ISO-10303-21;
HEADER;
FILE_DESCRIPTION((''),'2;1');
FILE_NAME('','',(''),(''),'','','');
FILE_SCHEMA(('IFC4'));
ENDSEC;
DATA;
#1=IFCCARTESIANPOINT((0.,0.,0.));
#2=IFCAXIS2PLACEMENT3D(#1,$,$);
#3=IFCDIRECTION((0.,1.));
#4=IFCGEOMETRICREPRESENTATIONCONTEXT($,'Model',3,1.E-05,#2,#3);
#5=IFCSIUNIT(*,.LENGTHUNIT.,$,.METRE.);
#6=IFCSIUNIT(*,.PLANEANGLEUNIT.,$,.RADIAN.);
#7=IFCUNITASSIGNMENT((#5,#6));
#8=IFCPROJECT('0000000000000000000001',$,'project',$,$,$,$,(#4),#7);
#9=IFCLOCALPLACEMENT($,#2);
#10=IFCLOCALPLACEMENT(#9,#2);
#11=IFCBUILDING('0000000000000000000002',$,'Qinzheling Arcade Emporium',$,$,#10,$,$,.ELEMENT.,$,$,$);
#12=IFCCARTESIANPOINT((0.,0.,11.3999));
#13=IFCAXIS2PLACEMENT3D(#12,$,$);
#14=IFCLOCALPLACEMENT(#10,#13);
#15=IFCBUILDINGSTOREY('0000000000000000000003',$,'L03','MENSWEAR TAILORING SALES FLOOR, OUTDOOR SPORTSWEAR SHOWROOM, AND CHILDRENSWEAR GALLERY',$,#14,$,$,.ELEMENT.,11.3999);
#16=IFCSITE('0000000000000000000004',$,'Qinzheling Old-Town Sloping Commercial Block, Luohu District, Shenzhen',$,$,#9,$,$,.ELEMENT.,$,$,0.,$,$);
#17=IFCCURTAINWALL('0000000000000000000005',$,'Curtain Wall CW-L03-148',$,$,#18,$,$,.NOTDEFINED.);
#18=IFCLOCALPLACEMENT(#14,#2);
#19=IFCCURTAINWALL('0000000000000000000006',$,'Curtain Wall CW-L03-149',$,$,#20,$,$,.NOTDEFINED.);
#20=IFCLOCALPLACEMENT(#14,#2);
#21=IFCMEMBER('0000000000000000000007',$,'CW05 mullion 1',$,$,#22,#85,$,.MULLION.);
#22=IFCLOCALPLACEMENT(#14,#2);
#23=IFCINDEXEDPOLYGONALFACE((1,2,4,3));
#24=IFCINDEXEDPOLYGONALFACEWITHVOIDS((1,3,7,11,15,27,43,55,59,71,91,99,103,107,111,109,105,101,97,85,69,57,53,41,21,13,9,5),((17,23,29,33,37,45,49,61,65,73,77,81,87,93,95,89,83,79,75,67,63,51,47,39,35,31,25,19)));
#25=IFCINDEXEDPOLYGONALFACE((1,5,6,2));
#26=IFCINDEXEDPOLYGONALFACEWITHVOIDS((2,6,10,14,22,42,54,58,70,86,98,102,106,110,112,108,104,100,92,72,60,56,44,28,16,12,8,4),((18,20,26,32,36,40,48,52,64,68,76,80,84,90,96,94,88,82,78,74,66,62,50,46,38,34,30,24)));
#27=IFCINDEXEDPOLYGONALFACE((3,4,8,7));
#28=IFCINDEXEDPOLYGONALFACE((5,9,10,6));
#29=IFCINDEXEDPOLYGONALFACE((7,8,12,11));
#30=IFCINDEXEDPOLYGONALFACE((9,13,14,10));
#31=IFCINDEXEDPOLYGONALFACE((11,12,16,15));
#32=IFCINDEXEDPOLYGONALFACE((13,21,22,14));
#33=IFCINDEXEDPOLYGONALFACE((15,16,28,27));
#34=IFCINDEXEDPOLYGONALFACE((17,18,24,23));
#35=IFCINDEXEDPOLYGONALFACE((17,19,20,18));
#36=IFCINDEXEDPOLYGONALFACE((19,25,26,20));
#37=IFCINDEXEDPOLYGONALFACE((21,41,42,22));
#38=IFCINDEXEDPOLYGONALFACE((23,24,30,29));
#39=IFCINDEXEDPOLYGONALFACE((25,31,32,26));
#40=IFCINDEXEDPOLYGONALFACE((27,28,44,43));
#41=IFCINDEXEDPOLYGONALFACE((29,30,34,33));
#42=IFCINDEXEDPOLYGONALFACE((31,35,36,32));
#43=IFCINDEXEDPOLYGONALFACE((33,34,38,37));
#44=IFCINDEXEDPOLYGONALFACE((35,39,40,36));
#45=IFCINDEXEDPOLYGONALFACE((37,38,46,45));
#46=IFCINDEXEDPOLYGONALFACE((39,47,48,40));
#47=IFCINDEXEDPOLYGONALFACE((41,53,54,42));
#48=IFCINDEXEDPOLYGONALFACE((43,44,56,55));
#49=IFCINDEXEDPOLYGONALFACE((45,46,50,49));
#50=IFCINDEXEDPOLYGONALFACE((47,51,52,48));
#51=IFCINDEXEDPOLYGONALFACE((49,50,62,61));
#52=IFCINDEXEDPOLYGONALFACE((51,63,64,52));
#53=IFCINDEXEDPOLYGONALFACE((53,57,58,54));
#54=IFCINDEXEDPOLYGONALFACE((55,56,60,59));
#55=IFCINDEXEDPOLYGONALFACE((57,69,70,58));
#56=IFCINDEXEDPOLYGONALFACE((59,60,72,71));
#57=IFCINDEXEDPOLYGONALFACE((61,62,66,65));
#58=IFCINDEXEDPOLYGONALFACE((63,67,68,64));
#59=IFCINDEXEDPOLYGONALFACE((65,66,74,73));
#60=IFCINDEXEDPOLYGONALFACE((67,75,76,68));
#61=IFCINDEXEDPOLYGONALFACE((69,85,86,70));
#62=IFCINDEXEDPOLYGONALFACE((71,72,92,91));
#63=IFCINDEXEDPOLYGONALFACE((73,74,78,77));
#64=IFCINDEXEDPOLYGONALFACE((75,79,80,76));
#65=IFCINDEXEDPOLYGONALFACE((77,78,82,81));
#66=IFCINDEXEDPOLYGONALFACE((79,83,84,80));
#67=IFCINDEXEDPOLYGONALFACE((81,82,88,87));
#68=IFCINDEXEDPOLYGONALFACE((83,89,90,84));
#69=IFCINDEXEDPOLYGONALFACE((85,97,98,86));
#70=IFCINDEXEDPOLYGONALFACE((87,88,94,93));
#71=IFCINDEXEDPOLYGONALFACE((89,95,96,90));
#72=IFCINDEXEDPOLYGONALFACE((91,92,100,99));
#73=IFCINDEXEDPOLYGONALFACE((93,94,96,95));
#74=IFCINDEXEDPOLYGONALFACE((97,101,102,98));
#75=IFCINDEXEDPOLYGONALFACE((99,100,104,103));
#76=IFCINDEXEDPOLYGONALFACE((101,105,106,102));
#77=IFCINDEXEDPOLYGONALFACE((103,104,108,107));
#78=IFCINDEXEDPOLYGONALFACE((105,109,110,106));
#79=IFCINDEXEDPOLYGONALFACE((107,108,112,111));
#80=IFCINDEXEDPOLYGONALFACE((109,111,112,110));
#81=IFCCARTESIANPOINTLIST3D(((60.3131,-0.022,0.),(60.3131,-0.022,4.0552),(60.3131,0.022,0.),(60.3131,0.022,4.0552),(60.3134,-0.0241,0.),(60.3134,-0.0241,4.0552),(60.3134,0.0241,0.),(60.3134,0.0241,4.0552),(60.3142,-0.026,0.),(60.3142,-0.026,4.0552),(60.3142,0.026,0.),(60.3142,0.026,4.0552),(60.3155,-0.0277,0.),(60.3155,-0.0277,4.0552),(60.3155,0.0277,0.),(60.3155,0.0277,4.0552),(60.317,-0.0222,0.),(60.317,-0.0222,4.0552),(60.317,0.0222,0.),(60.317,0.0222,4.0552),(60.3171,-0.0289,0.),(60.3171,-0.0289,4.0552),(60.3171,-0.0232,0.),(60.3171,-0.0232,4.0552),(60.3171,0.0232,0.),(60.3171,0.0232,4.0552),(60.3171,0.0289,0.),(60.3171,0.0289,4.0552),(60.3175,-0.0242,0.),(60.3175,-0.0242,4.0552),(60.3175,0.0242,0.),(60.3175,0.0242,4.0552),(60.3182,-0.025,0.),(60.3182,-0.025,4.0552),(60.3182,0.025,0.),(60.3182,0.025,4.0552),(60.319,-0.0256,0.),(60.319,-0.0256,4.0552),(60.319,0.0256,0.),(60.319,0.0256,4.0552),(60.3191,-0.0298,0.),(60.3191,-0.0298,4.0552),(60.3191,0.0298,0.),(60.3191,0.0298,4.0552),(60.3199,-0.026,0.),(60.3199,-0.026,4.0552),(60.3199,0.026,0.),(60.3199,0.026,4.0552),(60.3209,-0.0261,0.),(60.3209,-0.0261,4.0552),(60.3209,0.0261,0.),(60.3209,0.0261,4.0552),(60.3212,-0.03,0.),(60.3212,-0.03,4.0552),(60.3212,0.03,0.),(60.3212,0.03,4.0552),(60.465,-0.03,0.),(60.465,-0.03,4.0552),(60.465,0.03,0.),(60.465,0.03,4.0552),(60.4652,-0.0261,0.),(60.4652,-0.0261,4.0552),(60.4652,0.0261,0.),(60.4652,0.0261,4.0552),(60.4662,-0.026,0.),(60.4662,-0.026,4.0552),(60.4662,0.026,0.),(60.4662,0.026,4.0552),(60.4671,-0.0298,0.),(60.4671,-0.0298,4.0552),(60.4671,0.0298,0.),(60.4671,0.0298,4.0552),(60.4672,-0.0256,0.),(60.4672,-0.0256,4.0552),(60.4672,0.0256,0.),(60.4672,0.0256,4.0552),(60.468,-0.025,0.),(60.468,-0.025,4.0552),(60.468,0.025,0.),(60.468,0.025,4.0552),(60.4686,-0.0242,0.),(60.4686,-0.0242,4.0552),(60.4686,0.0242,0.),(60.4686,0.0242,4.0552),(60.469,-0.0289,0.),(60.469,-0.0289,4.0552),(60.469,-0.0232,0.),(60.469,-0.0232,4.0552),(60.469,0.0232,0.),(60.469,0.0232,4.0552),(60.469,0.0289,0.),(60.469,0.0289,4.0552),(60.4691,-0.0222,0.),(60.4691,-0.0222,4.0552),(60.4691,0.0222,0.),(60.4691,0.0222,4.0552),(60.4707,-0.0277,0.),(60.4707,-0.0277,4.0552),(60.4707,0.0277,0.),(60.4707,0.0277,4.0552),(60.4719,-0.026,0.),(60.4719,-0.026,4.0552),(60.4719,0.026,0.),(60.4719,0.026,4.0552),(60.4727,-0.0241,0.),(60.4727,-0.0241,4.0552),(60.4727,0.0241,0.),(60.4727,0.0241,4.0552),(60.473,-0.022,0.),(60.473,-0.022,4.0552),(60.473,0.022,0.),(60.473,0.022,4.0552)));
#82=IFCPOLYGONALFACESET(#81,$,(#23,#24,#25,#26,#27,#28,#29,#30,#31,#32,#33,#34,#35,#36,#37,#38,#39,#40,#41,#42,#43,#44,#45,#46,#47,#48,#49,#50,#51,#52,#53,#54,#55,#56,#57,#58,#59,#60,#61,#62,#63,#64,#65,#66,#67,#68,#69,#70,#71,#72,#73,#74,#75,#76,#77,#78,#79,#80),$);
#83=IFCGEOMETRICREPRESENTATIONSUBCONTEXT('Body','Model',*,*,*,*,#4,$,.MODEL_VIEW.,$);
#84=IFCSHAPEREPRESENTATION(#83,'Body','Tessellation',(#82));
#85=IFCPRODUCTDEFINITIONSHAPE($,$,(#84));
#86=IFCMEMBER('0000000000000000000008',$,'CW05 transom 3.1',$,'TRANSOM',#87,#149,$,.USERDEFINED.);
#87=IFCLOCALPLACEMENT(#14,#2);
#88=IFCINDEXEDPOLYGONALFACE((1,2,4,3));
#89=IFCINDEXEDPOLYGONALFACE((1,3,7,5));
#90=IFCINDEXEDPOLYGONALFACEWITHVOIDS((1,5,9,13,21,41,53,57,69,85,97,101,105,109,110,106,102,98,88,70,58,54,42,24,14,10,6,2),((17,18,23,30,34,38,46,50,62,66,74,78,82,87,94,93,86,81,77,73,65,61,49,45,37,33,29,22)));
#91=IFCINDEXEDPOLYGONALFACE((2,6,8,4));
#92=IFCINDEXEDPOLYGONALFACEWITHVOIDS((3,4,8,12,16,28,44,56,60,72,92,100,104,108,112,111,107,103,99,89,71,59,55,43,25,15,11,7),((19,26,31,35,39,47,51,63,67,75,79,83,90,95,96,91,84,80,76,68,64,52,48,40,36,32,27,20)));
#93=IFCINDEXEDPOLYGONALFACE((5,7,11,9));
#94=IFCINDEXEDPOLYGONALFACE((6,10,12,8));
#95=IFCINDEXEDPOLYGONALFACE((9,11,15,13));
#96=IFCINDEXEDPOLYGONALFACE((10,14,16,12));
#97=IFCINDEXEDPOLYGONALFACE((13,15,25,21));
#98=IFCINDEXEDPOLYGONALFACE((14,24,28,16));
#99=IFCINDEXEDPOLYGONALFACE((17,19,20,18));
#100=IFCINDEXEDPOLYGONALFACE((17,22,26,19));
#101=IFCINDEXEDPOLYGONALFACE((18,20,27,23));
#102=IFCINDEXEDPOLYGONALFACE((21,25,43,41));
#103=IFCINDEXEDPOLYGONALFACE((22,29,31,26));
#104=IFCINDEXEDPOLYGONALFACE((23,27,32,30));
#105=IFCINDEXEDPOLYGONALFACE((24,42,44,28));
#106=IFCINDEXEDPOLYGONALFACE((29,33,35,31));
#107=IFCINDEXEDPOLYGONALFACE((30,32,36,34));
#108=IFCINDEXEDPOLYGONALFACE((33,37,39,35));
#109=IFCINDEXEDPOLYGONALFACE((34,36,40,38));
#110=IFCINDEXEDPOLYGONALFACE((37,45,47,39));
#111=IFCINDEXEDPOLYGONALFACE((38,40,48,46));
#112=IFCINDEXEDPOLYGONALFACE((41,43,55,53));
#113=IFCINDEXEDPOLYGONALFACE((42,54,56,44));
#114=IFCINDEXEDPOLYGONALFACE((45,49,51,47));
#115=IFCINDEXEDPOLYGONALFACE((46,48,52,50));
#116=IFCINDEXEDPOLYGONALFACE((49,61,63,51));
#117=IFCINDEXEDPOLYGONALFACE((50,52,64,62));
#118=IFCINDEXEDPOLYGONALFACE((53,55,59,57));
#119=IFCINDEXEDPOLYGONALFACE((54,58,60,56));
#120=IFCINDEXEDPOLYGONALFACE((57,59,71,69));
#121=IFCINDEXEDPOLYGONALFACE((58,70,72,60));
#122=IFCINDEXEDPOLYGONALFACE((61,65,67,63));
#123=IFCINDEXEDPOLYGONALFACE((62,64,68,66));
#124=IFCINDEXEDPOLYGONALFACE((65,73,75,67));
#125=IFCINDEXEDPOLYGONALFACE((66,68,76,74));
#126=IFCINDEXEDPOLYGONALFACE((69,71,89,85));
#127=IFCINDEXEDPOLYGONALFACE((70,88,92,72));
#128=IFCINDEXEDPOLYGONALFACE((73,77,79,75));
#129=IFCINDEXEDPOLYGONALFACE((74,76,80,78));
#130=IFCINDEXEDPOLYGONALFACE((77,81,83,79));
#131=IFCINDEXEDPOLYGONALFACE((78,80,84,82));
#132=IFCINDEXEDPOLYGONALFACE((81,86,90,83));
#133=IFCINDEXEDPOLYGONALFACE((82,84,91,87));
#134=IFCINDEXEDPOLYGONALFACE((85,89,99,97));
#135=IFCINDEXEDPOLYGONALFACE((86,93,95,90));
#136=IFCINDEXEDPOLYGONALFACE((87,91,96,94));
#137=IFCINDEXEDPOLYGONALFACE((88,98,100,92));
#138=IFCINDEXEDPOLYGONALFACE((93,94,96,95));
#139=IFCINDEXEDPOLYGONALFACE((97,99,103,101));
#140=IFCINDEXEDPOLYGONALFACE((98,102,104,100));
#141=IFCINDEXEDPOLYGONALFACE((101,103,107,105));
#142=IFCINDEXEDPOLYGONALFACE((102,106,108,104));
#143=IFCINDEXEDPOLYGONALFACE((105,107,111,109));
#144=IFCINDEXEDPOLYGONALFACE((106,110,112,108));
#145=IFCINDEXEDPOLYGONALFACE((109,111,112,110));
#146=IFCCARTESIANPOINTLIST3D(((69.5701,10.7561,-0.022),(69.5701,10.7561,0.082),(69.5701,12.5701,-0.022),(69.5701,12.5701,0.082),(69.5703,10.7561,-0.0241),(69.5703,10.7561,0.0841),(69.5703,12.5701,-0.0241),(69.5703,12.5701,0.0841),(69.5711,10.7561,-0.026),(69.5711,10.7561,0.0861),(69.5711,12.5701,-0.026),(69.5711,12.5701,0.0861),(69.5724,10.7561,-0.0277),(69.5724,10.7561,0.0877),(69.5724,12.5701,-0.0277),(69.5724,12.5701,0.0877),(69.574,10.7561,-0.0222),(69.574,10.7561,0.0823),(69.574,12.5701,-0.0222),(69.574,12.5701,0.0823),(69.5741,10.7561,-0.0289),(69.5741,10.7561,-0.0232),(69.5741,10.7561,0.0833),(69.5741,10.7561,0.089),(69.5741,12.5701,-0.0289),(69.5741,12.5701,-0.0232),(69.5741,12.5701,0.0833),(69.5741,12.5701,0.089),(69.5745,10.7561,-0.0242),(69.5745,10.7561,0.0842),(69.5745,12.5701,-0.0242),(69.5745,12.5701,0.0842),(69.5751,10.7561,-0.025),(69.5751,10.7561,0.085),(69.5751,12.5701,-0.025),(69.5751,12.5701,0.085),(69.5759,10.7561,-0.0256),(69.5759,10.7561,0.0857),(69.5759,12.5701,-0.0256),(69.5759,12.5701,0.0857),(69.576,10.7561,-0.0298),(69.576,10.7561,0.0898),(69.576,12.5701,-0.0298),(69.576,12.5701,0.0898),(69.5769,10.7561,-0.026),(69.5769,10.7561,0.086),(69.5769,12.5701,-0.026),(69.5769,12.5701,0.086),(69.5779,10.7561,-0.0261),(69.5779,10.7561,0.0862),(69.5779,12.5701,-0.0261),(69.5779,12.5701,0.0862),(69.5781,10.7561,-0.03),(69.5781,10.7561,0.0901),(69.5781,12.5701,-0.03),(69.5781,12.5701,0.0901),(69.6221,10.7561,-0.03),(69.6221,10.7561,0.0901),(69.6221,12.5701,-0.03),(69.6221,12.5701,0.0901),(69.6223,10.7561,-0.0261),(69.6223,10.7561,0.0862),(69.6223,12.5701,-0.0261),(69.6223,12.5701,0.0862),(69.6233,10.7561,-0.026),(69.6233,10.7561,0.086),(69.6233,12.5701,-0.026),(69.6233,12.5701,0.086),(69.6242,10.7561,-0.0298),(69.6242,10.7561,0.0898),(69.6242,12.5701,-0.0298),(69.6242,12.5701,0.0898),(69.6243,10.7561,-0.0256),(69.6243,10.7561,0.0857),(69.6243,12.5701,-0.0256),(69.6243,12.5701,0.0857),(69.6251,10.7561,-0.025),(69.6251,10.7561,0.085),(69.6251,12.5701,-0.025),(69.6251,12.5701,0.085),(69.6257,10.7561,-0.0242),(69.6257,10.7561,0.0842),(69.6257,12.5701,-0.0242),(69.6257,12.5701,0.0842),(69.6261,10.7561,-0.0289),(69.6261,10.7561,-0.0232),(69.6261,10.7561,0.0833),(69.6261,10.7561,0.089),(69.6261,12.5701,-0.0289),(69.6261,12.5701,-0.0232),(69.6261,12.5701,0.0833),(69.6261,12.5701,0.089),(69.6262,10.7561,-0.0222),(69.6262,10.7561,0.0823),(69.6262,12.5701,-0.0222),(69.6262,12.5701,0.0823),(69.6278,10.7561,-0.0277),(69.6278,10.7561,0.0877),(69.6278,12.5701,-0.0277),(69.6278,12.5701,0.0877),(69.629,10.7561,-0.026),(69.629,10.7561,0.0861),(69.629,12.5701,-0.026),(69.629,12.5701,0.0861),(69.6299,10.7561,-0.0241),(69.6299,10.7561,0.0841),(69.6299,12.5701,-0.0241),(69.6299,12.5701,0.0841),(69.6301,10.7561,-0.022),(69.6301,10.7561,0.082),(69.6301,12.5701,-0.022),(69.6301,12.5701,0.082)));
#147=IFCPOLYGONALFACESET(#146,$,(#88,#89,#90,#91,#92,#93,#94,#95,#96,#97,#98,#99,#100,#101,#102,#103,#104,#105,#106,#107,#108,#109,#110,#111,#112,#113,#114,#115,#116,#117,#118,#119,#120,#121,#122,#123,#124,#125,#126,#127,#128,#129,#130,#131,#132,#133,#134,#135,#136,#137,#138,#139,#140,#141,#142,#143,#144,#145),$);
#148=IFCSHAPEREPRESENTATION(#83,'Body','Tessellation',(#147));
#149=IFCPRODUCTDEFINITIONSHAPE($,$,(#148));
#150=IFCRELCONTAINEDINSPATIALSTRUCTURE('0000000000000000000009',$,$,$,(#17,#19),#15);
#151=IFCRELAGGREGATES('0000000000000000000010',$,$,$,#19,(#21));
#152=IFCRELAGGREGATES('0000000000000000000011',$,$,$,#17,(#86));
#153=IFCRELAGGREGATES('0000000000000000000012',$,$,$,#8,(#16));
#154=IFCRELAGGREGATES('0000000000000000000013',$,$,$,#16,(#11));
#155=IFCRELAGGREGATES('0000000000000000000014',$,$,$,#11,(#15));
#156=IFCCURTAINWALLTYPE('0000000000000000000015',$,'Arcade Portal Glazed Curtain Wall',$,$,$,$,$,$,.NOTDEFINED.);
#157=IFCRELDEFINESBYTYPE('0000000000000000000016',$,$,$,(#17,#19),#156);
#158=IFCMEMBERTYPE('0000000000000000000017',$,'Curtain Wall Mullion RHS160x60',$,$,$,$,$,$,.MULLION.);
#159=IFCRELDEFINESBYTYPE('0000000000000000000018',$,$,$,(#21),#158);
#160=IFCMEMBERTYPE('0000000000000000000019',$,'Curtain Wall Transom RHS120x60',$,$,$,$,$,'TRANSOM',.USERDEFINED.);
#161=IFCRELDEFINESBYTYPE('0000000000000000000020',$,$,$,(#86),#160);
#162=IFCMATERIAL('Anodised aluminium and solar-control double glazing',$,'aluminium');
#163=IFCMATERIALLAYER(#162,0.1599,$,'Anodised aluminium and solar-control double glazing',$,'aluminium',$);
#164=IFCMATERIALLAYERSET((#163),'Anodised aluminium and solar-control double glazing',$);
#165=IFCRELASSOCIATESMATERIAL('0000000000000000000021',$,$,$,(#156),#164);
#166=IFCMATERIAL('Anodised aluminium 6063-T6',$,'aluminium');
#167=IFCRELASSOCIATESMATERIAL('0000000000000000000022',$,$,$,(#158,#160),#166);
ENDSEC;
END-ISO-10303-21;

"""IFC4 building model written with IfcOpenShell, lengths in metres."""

from ifc_helpers import new_model, si_unit, direction, frame, origin, origin_2d, place, context, subcontext, project, spatial, hollow_rectangle, extrude, material, layer, layer_set, material_profile, profile_set, type_object, element, aggregate, save


model = new_model("IFC4")

# Units and contexts
model_context = context("Model", 3, precision=1e-05, world=origin(), true_north=direction((0.0, 1.0)))
body_context = subcontext(model_context, "Body", "Model", "MODEL_VIEW")
ifc_project = project(units=[si_unit("LENGTHUNIT", "METRE"), si_unit("PLANEANGLEUNIT", "RADIAN")], contexts=[model_context])

# Site, building, storey
site_placement = place(None, origin())
site = spatial("IfcSite", under=ifc_project, at=site_placement, Name="Qinzheling Old-Town Sloping Commercial Block, Luohu District, Shenzhen", CompositionType="ELEMENT", RefElevation=0.0)
building_placement = place(site_placement, origin())
building = spatial("IfcBuilding", under=site, at=building_placement, Name="Qinzheling Arcade Emporium", CompositionType="ELEMENT")
storey_placement = place(building_placement, frame((0.0, 0.0, 11.3999)))
storey = spatial("IfcBuildingStorey", under=building, at=storey_placement, Name="L03", Description="MENSWEAR TAILORING SALES FLOOR, OUTDOOR SPORTSWEAR SHOWROOM, AND CHILDRENSWEAR GALLERY", CompositionType="ELEMENT", Elevation=11.3999)

# Curtain wall
ifc_material_1 = material(Name="Anodised aluminium and solar-control double glazing", Category="aluminium")
ifc_layer_1 = layer(ifc_material_1, 0.1599, Name="Anodised aluminium and solar-control double glazing", Category="aluminium")
ifc_layer_set_1 = layer_set([ifc_layer_1], Name="Anodised aluminium and solar-control double glazing")
curtain_wall_type = type_object("IfcCurtainWallType", Name="Arcade Portal Glazed Curtain Wall", PredefinedType="NOTDEFINED", material=ifc_layer_set_1)
curtain_wall_1_placement = place(storey_placement, origin())
curtain_wall_1 = element("IfcCurtainWall", 1, at=curtain_wall_1_placement, inside=storey, type_object=curtain_wall_type, Name="Curtain Wall CW-L03-148", PredefinedType="NOTDEFINED")
ifc_material_2 = material(Name="Anodised aluminium 6063-T6", Category="aluminium")
ifc_material_profile_1 = material_profile(ifc_material_2, hollow_rectangle(XDim=0.0601, YDim=0.1599, WallThickness=0.0039, InnerFilletRadius=0.0039, OuterFilletRadius=0.0081, at=origin_2d()), Name="RHS 160x60x4", Category="aluminium")
ifc_profile_set_1 = profile_set([ifc_material_profile_1], Name="Anodised aluminium 6063-T6")
member_type_1 = type_object("IfcMemberType", Name="Curtain Wall Mullion RHS160x60", PredefinedType="MULLION", material=ifc_profile_set_1)

# Curtain wall, member
curtain_wall_2_placement = place(storey_placement, origin())
curtain_wall_2 = element("IfcCurtainWall", 2, at=curtain_wall_2_placement, inside=storey, type_object=curtain_wall_type, Name="Curtain Wall CW-L03-149", PredefinedType="NOTDEFINED")
member_1_placement = place(storey_placement, frame((60.3931, 0.0, 0.0), z_axis=(0.0, 0.0, 1.0), x_axis=(0.0, -1.0, 0.0)))
member_1 = element("IfcMember", 3, at=member_1_placement, type_object=member_type_1, Name="CW05 mullion 1", PredefinedType="MULLION", context=body_context, shape_type="SweptSolid", body=[
    extrude(hollow_rectangle(XDim=0.0601, YDim=0.1599, WallThickness=0.0039, InnerFilletRadius=0.0039, OuterFilletRadius=0.0081, at=origin_2d()), origin(), (0.0, 0.0, 1.0), 4.0552),
])

# Member
ifc_material_profile_2 = material_profile(ifc_material_2, hollow_rectangle(XDim=0.0601, YDim=0.1201, WallThickness=0.0039, InnerFilletRadius=0.0039, OuterFilletRadius=0.0081, at=origin_2d()), Name="RHS 120x60x4", Category="aluminium")
ifc_profile_set_2 = profile_set([ifc_material_profile_2], Name="Anodised aluminium 6063-T6")
member_type_2 = type_object("IfcMemberType", Name="Curtain Wall Transom RHS120x60", ElementType="TRANSOM", PredefinedType="USERDEFINED", material=ifc_profile_set_2)
member_2_placement = place(storey_placement, frame((69.6001, 12.5701, 0.03), z_axis=(0.0, -1.0, 0.0), x_axis=(1.0, 0.0, 0.0)))
member_2 = element("IfcMember", 4, at=member_2_placement, type_object=member_type_2, Name="CW05 transom 3.1", ObjectType="TRANSOM", PredefinedType="USERDEFINED", context=body_context, shape_type="SweptSolid", body=[
    extrude(hollow_rectangle(XDim=0.0601, YDim=0.1201, WallThickness=0.0039, InnerFilletRadius=0.0039, OuterFilletRadius=0.0081, at=origin_2d()), origin(), (0.0, 0.0, 1.0), 1.814),
])
aggregate(curtain_wall_2, [member_1])

aggregate(curtain_wall_1, [member_2])

save(model, "model.ifc")
